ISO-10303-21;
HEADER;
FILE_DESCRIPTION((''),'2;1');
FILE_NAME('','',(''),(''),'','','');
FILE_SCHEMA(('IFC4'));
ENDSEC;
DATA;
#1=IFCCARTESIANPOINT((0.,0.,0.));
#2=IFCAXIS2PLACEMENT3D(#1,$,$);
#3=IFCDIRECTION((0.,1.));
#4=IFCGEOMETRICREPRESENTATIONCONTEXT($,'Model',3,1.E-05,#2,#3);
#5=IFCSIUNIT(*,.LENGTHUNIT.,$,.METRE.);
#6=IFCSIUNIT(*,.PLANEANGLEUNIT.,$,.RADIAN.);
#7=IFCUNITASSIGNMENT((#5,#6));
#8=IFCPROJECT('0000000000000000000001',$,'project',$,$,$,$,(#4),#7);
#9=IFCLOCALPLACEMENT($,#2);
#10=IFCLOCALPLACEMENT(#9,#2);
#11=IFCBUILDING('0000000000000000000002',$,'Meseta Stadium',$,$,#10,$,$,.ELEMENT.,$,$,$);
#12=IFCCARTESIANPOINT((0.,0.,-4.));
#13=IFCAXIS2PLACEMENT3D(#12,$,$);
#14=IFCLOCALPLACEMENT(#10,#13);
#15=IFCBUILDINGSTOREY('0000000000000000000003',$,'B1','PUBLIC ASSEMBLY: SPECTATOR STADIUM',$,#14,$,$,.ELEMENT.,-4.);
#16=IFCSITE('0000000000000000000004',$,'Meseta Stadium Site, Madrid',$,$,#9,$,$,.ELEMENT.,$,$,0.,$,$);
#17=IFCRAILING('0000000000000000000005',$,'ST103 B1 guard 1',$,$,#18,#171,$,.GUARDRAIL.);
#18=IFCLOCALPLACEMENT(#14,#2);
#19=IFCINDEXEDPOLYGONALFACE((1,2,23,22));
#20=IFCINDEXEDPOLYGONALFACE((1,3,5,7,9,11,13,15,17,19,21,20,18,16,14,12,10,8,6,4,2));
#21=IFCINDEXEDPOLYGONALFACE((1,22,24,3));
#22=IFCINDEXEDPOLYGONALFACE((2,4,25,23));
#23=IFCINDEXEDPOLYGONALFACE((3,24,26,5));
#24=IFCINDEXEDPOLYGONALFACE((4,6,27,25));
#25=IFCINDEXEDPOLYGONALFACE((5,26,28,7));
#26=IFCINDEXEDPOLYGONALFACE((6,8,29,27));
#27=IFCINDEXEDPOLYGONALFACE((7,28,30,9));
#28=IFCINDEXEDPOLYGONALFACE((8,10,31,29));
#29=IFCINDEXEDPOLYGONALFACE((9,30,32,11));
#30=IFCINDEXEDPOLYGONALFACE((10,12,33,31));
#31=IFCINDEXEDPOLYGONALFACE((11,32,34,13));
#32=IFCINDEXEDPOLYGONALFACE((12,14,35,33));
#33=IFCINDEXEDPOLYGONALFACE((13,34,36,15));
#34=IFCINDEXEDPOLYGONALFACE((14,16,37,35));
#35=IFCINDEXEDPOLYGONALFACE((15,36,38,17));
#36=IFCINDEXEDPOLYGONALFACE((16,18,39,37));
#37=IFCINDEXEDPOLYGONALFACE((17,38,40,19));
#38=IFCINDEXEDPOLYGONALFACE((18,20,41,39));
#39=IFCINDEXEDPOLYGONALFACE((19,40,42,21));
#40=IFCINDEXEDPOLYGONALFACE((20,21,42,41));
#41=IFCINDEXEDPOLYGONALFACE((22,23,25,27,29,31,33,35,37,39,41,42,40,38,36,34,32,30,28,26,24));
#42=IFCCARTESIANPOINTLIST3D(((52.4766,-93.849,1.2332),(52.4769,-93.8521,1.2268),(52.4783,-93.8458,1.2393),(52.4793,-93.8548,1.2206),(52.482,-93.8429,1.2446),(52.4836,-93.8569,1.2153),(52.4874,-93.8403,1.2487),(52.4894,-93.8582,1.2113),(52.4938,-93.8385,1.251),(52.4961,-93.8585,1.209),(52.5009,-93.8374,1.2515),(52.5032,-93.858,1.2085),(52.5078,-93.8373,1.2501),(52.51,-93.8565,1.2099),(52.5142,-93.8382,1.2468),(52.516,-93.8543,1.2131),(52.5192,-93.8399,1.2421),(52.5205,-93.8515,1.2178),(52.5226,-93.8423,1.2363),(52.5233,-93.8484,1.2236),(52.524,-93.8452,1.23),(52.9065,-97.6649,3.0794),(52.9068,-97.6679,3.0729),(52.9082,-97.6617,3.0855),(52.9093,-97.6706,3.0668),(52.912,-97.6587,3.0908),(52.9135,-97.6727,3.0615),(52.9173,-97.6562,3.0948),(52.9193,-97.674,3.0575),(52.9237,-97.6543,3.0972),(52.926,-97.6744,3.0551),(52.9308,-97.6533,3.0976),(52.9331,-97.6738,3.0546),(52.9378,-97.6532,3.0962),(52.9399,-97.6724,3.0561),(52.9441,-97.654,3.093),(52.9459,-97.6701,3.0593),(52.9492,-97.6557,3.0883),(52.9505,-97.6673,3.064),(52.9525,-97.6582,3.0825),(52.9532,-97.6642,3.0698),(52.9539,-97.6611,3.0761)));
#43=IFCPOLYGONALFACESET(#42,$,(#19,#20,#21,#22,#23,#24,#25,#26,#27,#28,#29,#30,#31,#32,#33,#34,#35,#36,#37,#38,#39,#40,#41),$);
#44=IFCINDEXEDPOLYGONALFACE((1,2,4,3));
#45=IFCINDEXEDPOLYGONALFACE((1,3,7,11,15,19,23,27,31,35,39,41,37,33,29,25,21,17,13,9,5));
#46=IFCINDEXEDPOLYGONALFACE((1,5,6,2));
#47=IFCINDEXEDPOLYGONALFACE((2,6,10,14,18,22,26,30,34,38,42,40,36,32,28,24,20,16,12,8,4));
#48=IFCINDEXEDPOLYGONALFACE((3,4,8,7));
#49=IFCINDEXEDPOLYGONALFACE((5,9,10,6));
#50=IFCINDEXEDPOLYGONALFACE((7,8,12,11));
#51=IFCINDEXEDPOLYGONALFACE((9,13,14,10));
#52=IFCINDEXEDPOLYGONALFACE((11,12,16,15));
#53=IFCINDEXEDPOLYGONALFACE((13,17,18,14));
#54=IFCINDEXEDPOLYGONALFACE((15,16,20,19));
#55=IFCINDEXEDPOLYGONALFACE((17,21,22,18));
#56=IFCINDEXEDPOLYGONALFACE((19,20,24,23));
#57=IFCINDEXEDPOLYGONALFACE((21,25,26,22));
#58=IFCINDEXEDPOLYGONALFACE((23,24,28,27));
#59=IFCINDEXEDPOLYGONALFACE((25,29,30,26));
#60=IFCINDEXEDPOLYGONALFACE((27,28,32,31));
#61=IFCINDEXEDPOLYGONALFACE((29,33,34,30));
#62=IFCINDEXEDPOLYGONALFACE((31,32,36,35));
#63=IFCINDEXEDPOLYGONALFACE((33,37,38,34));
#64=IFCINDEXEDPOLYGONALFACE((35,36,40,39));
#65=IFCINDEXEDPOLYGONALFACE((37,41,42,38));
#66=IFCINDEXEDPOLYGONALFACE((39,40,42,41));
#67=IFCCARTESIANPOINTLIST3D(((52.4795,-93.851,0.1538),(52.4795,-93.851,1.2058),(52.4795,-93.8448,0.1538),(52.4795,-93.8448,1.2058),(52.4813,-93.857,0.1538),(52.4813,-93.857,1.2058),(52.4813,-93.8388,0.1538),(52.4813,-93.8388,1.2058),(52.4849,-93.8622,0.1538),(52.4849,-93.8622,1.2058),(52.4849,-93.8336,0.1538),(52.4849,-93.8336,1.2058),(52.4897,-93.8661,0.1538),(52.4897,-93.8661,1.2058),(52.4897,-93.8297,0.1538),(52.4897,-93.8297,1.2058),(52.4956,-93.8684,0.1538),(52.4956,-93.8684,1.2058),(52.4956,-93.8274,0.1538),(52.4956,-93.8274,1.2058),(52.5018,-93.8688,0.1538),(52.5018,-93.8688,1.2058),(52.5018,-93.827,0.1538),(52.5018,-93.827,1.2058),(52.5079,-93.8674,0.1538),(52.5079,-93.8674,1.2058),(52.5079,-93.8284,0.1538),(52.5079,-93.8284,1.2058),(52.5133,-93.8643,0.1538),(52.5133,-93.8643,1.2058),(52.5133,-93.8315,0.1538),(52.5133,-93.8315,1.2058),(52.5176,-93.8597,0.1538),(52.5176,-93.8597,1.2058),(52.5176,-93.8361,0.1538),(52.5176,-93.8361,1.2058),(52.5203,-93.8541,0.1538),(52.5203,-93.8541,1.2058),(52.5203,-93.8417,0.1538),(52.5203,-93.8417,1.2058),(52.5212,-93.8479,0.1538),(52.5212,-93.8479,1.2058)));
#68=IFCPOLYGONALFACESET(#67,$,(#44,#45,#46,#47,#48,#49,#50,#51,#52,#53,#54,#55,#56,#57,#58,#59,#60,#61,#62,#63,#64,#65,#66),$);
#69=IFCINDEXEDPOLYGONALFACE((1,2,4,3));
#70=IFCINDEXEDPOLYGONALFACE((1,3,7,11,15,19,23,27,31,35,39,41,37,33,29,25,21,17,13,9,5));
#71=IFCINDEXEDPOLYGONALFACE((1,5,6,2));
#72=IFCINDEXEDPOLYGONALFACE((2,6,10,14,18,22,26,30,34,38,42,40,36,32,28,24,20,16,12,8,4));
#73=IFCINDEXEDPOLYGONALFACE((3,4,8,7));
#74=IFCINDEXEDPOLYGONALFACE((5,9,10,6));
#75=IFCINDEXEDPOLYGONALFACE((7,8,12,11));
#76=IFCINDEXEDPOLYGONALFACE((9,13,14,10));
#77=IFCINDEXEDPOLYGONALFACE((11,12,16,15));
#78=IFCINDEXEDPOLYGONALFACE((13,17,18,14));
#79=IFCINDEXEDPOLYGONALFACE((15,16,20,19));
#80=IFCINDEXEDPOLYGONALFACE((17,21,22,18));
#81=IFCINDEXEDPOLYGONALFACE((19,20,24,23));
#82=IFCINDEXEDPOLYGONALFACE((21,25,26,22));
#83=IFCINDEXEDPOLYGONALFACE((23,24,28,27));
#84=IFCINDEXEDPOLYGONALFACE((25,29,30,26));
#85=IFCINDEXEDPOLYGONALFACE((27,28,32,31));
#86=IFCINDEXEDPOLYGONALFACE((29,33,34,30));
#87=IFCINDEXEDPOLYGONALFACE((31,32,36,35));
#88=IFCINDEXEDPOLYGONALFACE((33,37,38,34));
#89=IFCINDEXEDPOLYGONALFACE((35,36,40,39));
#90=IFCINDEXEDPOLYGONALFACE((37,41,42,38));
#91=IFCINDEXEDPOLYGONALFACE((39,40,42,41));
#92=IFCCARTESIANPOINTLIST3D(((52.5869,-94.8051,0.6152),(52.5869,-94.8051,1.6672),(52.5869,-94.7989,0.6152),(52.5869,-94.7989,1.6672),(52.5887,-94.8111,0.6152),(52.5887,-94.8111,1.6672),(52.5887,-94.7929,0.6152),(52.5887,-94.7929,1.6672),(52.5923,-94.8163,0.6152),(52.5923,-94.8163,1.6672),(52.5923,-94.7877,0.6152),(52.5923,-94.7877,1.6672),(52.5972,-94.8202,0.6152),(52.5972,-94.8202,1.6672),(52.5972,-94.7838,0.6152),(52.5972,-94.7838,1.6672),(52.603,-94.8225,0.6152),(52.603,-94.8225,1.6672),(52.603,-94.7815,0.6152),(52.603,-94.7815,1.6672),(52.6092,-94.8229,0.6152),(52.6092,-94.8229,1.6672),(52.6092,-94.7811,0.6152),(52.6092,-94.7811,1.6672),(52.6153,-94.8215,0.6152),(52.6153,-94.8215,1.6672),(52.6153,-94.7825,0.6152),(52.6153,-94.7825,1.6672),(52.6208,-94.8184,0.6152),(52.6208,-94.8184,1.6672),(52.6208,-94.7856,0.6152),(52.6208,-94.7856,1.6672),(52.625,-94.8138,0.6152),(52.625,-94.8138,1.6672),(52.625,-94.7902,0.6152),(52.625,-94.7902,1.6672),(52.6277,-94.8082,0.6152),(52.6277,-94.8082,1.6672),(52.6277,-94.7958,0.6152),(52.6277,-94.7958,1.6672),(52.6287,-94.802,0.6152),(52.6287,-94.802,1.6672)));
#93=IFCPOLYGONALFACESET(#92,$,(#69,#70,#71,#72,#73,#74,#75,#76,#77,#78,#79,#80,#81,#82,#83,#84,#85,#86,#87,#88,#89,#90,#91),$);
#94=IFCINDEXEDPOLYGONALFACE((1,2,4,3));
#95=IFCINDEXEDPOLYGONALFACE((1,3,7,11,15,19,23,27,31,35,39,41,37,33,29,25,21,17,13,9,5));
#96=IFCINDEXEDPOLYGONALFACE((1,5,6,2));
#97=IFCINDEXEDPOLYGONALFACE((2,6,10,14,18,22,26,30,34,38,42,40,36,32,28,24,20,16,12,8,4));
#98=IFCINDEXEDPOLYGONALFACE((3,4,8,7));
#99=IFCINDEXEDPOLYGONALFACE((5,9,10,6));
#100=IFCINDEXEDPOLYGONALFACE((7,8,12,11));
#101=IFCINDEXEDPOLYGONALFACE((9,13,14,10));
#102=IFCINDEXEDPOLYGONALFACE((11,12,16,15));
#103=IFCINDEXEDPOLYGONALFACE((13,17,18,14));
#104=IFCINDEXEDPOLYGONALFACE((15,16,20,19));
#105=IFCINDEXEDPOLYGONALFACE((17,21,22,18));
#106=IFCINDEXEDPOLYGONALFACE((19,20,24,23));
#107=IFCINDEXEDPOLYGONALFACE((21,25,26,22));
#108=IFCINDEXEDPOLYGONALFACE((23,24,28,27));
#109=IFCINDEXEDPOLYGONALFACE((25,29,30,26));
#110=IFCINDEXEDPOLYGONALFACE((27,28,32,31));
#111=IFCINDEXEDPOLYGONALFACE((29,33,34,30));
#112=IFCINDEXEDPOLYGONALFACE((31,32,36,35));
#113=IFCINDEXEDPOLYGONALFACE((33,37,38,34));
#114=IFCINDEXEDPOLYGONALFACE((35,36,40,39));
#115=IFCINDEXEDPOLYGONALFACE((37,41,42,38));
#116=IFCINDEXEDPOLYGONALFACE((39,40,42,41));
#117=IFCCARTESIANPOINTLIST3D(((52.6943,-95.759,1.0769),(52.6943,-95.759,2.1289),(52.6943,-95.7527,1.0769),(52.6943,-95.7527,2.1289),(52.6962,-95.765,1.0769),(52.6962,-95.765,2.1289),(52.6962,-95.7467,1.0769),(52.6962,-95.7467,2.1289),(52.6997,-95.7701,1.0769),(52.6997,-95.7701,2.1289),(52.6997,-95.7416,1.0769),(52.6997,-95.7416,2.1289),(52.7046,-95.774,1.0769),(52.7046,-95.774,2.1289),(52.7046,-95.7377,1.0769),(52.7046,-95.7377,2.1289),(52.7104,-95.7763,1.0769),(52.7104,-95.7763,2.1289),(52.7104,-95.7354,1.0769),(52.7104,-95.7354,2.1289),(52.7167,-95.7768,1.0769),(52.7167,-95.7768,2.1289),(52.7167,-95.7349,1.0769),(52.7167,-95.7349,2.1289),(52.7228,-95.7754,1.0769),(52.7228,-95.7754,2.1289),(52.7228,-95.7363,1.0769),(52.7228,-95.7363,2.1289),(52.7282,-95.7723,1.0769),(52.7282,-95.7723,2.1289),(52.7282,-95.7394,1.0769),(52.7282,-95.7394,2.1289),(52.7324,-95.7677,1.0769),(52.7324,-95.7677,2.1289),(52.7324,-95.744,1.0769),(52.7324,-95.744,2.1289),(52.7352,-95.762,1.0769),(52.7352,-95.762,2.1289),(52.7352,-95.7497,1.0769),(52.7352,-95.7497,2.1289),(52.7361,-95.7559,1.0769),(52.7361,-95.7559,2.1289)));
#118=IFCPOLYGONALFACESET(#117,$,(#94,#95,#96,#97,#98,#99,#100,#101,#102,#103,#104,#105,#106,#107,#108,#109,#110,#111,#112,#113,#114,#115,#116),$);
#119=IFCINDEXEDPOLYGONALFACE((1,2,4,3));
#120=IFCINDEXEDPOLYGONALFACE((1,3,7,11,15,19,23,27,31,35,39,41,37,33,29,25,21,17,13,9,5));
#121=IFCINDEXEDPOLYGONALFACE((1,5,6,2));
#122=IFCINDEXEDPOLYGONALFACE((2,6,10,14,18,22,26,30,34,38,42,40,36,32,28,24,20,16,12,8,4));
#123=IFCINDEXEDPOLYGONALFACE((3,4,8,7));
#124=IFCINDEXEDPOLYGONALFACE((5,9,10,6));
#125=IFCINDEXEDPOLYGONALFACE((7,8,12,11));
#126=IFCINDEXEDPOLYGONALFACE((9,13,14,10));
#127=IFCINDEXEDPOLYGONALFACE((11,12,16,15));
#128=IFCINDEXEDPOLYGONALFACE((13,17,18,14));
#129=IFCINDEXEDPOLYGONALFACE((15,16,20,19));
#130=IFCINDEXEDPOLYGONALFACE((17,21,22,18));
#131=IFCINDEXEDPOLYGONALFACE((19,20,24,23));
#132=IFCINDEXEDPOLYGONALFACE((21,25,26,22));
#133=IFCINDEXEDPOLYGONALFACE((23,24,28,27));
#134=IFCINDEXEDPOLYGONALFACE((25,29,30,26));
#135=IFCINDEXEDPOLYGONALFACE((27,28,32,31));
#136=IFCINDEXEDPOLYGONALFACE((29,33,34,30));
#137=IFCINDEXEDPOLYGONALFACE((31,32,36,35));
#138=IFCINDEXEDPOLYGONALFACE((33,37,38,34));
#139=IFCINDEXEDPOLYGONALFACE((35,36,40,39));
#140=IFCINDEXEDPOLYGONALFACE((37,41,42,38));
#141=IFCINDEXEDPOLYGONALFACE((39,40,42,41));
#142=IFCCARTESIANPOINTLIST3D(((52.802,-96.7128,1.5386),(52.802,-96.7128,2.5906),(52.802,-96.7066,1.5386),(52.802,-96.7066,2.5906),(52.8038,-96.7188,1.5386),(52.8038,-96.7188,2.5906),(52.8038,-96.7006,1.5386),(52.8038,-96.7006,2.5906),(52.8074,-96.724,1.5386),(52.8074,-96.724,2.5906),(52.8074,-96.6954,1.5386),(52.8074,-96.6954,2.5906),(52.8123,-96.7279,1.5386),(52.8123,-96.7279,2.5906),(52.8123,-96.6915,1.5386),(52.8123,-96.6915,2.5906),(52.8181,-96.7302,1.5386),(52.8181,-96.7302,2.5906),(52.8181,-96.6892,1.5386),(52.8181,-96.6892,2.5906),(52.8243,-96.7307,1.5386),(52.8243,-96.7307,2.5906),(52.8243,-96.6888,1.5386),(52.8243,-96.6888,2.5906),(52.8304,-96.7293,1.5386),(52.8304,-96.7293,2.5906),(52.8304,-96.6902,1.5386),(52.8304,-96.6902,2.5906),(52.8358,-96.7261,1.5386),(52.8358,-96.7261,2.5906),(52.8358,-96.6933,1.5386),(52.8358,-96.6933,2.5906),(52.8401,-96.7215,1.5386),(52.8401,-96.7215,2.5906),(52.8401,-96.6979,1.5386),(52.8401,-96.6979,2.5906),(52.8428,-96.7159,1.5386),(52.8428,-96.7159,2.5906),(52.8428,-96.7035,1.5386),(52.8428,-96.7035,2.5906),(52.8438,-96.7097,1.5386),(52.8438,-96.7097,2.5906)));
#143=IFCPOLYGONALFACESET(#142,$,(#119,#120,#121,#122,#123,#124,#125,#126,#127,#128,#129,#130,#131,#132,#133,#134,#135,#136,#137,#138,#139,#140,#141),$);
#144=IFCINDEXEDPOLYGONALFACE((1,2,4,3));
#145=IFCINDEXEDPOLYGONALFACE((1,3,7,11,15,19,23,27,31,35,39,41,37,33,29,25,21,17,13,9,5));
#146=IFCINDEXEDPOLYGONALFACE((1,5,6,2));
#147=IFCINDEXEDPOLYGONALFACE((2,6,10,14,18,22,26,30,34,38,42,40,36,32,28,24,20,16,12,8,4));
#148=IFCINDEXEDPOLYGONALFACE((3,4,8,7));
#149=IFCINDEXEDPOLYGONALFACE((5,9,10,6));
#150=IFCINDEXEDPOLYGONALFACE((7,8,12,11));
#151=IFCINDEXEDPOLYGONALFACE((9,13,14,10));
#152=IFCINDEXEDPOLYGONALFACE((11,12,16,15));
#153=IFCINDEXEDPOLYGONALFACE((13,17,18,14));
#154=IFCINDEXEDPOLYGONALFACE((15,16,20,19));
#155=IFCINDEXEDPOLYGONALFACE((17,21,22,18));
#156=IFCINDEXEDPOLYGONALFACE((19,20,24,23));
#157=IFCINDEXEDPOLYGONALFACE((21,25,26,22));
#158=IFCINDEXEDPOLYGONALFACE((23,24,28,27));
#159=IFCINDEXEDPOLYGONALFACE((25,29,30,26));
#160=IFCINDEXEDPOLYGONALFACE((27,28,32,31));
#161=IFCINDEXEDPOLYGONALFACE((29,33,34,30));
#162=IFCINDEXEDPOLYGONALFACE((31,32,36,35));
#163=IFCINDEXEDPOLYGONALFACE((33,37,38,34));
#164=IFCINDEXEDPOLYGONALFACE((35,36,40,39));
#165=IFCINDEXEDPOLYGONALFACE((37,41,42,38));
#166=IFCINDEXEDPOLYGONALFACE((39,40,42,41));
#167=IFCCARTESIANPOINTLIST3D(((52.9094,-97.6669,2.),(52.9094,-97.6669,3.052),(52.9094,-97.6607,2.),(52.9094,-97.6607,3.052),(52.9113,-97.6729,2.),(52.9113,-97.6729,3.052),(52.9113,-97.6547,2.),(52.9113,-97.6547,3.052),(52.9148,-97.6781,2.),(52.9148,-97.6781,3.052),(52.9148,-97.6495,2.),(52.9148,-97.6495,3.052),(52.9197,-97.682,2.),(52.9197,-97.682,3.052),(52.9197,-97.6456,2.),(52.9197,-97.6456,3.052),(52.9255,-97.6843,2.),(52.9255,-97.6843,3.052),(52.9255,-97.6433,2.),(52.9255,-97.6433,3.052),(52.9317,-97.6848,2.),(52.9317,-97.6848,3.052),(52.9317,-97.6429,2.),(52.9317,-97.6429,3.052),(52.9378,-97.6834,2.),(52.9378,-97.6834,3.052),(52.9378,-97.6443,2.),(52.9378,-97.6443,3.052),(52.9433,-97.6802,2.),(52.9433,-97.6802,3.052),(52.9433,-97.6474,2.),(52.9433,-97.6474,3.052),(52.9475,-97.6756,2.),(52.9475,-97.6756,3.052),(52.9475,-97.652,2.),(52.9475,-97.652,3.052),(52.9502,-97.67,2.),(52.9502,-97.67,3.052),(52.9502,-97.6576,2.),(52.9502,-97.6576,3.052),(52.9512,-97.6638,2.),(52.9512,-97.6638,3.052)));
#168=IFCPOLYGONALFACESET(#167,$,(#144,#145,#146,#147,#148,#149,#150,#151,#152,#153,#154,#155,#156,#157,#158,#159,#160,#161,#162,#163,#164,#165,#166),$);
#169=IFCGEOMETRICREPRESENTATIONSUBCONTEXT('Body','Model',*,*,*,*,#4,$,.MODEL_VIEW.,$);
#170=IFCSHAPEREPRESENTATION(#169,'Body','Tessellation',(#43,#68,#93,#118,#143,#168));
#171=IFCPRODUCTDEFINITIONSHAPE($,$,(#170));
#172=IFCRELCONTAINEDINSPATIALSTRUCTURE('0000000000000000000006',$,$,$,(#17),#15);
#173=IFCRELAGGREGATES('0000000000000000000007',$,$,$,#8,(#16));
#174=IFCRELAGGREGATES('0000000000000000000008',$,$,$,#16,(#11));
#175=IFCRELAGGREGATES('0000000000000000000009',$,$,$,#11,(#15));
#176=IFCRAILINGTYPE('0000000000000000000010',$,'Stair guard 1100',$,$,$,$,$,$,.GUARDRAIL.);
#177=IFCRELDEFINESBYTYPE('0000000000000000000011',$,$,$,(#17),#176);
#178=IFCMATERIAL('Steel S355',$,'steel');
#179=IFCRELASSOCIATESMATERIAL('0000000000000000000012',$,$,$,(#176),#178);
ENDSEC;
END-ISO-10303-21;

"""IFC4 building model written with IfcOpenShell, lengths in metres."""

from ifc_helpers import new_model, si_unit, direction, frame, origin, origin_2d, place, context, subcontext, project, spatial, circle, extrude, material, type_object, element, save


model = new_model("IFC4")

# Units and contexts
model_context = context("Model", 3, precision=1e-05, world=origin(), true_north=direction((0.0, 1.0)))
body_context = subcontext(model_context, "Body", "Model", "MODEL_VIEW")
ifc_project = project(units=[si_unit("LENGTHUNIT", "METRE"), si_unit("PLANEANGLEUNIT", "RADIAN")], contexts=[model_context])

# Site, building, storey
site_placement = place(None, origin())
site = spatial("IfcSite", under=ifc_project, at=site_placement, Name="Meseta Stadium Site, Madrid", CompositionType="ELEMENT", RefElevation=0.0)
building_placement = place(site_placement, origin())
building = spatial("IfcBuilding", under=site, at=building_placement, Name="Meseta Stadium", CompositionType="ELEMENT")
storey_placement = place(building_placement, frame((0.0, 0.0, -4.0)))
storey = spatial("IfcBuildingStorey", under=building, at=storey_placement, Name="B1", Description="PUBLIC ASSEMBLY: SPECTATOR STADIUM", CompositionType="ELEMENT", Elevation=-4.0)

# Railing
ifc_material_1 = material(Name="Steel S355", Category="steel")
railing_type_1 = type_object("IfcRailingType", Name="Stair guard 1100", PredefinedType="GUARDRAIL", material=ifc_material_1)
railing_1_placement = place(storey_placement, frame((52.5002, -93.8479, 0.1538)))
element("IfcRailing", 1, at=railing_1_placement, inside=storey, type_object=railing_type_1, Name="ST103 B1 guard 1", PredefinedType="GUARDRAIL", context=body_context, shape_type="SweptSolid", body=[
    extrude(circle(Radius=0.0239, at=origin_2d()), frame((0.0, 0.0, 1.0762), z_axis=(0.100904, -0.895585, 0.433296), x_axis=(0.993713, 0.11196, 0.0)), (0.0, 0.0, 1.0), 4.2607),
    extrude(circle(Radius=0.021, at=origin_2d()), origin(), (0.0, 0.0, 1.0), 1.052),
    extrude(circle(Radius=0.021, at=origin_2d()), frame((0.1074, -0.9541, 0.4614)), (0.0, 0.0, 1.0), 1.052),
    extrude(circle(Radius=0.021, at=origin_2d()), frame((0.2148, -1.908, 0.9231)), (0.0, 0.0, 1.0), 1.052),
    extrude(circle(Radius=0.021, at=origin_2d()), frame((0.3225, -2.8618, 1.3848)), (0.0, 0.0, 1.0), 1.052),
    extrude(circle(Radius=0.021, at=origin_2d()), frame((0.4299, -3.8159, 1.8462)), (0.0, 0.0, 1.0), 1.052),
])

save(model, "model.ifc")
